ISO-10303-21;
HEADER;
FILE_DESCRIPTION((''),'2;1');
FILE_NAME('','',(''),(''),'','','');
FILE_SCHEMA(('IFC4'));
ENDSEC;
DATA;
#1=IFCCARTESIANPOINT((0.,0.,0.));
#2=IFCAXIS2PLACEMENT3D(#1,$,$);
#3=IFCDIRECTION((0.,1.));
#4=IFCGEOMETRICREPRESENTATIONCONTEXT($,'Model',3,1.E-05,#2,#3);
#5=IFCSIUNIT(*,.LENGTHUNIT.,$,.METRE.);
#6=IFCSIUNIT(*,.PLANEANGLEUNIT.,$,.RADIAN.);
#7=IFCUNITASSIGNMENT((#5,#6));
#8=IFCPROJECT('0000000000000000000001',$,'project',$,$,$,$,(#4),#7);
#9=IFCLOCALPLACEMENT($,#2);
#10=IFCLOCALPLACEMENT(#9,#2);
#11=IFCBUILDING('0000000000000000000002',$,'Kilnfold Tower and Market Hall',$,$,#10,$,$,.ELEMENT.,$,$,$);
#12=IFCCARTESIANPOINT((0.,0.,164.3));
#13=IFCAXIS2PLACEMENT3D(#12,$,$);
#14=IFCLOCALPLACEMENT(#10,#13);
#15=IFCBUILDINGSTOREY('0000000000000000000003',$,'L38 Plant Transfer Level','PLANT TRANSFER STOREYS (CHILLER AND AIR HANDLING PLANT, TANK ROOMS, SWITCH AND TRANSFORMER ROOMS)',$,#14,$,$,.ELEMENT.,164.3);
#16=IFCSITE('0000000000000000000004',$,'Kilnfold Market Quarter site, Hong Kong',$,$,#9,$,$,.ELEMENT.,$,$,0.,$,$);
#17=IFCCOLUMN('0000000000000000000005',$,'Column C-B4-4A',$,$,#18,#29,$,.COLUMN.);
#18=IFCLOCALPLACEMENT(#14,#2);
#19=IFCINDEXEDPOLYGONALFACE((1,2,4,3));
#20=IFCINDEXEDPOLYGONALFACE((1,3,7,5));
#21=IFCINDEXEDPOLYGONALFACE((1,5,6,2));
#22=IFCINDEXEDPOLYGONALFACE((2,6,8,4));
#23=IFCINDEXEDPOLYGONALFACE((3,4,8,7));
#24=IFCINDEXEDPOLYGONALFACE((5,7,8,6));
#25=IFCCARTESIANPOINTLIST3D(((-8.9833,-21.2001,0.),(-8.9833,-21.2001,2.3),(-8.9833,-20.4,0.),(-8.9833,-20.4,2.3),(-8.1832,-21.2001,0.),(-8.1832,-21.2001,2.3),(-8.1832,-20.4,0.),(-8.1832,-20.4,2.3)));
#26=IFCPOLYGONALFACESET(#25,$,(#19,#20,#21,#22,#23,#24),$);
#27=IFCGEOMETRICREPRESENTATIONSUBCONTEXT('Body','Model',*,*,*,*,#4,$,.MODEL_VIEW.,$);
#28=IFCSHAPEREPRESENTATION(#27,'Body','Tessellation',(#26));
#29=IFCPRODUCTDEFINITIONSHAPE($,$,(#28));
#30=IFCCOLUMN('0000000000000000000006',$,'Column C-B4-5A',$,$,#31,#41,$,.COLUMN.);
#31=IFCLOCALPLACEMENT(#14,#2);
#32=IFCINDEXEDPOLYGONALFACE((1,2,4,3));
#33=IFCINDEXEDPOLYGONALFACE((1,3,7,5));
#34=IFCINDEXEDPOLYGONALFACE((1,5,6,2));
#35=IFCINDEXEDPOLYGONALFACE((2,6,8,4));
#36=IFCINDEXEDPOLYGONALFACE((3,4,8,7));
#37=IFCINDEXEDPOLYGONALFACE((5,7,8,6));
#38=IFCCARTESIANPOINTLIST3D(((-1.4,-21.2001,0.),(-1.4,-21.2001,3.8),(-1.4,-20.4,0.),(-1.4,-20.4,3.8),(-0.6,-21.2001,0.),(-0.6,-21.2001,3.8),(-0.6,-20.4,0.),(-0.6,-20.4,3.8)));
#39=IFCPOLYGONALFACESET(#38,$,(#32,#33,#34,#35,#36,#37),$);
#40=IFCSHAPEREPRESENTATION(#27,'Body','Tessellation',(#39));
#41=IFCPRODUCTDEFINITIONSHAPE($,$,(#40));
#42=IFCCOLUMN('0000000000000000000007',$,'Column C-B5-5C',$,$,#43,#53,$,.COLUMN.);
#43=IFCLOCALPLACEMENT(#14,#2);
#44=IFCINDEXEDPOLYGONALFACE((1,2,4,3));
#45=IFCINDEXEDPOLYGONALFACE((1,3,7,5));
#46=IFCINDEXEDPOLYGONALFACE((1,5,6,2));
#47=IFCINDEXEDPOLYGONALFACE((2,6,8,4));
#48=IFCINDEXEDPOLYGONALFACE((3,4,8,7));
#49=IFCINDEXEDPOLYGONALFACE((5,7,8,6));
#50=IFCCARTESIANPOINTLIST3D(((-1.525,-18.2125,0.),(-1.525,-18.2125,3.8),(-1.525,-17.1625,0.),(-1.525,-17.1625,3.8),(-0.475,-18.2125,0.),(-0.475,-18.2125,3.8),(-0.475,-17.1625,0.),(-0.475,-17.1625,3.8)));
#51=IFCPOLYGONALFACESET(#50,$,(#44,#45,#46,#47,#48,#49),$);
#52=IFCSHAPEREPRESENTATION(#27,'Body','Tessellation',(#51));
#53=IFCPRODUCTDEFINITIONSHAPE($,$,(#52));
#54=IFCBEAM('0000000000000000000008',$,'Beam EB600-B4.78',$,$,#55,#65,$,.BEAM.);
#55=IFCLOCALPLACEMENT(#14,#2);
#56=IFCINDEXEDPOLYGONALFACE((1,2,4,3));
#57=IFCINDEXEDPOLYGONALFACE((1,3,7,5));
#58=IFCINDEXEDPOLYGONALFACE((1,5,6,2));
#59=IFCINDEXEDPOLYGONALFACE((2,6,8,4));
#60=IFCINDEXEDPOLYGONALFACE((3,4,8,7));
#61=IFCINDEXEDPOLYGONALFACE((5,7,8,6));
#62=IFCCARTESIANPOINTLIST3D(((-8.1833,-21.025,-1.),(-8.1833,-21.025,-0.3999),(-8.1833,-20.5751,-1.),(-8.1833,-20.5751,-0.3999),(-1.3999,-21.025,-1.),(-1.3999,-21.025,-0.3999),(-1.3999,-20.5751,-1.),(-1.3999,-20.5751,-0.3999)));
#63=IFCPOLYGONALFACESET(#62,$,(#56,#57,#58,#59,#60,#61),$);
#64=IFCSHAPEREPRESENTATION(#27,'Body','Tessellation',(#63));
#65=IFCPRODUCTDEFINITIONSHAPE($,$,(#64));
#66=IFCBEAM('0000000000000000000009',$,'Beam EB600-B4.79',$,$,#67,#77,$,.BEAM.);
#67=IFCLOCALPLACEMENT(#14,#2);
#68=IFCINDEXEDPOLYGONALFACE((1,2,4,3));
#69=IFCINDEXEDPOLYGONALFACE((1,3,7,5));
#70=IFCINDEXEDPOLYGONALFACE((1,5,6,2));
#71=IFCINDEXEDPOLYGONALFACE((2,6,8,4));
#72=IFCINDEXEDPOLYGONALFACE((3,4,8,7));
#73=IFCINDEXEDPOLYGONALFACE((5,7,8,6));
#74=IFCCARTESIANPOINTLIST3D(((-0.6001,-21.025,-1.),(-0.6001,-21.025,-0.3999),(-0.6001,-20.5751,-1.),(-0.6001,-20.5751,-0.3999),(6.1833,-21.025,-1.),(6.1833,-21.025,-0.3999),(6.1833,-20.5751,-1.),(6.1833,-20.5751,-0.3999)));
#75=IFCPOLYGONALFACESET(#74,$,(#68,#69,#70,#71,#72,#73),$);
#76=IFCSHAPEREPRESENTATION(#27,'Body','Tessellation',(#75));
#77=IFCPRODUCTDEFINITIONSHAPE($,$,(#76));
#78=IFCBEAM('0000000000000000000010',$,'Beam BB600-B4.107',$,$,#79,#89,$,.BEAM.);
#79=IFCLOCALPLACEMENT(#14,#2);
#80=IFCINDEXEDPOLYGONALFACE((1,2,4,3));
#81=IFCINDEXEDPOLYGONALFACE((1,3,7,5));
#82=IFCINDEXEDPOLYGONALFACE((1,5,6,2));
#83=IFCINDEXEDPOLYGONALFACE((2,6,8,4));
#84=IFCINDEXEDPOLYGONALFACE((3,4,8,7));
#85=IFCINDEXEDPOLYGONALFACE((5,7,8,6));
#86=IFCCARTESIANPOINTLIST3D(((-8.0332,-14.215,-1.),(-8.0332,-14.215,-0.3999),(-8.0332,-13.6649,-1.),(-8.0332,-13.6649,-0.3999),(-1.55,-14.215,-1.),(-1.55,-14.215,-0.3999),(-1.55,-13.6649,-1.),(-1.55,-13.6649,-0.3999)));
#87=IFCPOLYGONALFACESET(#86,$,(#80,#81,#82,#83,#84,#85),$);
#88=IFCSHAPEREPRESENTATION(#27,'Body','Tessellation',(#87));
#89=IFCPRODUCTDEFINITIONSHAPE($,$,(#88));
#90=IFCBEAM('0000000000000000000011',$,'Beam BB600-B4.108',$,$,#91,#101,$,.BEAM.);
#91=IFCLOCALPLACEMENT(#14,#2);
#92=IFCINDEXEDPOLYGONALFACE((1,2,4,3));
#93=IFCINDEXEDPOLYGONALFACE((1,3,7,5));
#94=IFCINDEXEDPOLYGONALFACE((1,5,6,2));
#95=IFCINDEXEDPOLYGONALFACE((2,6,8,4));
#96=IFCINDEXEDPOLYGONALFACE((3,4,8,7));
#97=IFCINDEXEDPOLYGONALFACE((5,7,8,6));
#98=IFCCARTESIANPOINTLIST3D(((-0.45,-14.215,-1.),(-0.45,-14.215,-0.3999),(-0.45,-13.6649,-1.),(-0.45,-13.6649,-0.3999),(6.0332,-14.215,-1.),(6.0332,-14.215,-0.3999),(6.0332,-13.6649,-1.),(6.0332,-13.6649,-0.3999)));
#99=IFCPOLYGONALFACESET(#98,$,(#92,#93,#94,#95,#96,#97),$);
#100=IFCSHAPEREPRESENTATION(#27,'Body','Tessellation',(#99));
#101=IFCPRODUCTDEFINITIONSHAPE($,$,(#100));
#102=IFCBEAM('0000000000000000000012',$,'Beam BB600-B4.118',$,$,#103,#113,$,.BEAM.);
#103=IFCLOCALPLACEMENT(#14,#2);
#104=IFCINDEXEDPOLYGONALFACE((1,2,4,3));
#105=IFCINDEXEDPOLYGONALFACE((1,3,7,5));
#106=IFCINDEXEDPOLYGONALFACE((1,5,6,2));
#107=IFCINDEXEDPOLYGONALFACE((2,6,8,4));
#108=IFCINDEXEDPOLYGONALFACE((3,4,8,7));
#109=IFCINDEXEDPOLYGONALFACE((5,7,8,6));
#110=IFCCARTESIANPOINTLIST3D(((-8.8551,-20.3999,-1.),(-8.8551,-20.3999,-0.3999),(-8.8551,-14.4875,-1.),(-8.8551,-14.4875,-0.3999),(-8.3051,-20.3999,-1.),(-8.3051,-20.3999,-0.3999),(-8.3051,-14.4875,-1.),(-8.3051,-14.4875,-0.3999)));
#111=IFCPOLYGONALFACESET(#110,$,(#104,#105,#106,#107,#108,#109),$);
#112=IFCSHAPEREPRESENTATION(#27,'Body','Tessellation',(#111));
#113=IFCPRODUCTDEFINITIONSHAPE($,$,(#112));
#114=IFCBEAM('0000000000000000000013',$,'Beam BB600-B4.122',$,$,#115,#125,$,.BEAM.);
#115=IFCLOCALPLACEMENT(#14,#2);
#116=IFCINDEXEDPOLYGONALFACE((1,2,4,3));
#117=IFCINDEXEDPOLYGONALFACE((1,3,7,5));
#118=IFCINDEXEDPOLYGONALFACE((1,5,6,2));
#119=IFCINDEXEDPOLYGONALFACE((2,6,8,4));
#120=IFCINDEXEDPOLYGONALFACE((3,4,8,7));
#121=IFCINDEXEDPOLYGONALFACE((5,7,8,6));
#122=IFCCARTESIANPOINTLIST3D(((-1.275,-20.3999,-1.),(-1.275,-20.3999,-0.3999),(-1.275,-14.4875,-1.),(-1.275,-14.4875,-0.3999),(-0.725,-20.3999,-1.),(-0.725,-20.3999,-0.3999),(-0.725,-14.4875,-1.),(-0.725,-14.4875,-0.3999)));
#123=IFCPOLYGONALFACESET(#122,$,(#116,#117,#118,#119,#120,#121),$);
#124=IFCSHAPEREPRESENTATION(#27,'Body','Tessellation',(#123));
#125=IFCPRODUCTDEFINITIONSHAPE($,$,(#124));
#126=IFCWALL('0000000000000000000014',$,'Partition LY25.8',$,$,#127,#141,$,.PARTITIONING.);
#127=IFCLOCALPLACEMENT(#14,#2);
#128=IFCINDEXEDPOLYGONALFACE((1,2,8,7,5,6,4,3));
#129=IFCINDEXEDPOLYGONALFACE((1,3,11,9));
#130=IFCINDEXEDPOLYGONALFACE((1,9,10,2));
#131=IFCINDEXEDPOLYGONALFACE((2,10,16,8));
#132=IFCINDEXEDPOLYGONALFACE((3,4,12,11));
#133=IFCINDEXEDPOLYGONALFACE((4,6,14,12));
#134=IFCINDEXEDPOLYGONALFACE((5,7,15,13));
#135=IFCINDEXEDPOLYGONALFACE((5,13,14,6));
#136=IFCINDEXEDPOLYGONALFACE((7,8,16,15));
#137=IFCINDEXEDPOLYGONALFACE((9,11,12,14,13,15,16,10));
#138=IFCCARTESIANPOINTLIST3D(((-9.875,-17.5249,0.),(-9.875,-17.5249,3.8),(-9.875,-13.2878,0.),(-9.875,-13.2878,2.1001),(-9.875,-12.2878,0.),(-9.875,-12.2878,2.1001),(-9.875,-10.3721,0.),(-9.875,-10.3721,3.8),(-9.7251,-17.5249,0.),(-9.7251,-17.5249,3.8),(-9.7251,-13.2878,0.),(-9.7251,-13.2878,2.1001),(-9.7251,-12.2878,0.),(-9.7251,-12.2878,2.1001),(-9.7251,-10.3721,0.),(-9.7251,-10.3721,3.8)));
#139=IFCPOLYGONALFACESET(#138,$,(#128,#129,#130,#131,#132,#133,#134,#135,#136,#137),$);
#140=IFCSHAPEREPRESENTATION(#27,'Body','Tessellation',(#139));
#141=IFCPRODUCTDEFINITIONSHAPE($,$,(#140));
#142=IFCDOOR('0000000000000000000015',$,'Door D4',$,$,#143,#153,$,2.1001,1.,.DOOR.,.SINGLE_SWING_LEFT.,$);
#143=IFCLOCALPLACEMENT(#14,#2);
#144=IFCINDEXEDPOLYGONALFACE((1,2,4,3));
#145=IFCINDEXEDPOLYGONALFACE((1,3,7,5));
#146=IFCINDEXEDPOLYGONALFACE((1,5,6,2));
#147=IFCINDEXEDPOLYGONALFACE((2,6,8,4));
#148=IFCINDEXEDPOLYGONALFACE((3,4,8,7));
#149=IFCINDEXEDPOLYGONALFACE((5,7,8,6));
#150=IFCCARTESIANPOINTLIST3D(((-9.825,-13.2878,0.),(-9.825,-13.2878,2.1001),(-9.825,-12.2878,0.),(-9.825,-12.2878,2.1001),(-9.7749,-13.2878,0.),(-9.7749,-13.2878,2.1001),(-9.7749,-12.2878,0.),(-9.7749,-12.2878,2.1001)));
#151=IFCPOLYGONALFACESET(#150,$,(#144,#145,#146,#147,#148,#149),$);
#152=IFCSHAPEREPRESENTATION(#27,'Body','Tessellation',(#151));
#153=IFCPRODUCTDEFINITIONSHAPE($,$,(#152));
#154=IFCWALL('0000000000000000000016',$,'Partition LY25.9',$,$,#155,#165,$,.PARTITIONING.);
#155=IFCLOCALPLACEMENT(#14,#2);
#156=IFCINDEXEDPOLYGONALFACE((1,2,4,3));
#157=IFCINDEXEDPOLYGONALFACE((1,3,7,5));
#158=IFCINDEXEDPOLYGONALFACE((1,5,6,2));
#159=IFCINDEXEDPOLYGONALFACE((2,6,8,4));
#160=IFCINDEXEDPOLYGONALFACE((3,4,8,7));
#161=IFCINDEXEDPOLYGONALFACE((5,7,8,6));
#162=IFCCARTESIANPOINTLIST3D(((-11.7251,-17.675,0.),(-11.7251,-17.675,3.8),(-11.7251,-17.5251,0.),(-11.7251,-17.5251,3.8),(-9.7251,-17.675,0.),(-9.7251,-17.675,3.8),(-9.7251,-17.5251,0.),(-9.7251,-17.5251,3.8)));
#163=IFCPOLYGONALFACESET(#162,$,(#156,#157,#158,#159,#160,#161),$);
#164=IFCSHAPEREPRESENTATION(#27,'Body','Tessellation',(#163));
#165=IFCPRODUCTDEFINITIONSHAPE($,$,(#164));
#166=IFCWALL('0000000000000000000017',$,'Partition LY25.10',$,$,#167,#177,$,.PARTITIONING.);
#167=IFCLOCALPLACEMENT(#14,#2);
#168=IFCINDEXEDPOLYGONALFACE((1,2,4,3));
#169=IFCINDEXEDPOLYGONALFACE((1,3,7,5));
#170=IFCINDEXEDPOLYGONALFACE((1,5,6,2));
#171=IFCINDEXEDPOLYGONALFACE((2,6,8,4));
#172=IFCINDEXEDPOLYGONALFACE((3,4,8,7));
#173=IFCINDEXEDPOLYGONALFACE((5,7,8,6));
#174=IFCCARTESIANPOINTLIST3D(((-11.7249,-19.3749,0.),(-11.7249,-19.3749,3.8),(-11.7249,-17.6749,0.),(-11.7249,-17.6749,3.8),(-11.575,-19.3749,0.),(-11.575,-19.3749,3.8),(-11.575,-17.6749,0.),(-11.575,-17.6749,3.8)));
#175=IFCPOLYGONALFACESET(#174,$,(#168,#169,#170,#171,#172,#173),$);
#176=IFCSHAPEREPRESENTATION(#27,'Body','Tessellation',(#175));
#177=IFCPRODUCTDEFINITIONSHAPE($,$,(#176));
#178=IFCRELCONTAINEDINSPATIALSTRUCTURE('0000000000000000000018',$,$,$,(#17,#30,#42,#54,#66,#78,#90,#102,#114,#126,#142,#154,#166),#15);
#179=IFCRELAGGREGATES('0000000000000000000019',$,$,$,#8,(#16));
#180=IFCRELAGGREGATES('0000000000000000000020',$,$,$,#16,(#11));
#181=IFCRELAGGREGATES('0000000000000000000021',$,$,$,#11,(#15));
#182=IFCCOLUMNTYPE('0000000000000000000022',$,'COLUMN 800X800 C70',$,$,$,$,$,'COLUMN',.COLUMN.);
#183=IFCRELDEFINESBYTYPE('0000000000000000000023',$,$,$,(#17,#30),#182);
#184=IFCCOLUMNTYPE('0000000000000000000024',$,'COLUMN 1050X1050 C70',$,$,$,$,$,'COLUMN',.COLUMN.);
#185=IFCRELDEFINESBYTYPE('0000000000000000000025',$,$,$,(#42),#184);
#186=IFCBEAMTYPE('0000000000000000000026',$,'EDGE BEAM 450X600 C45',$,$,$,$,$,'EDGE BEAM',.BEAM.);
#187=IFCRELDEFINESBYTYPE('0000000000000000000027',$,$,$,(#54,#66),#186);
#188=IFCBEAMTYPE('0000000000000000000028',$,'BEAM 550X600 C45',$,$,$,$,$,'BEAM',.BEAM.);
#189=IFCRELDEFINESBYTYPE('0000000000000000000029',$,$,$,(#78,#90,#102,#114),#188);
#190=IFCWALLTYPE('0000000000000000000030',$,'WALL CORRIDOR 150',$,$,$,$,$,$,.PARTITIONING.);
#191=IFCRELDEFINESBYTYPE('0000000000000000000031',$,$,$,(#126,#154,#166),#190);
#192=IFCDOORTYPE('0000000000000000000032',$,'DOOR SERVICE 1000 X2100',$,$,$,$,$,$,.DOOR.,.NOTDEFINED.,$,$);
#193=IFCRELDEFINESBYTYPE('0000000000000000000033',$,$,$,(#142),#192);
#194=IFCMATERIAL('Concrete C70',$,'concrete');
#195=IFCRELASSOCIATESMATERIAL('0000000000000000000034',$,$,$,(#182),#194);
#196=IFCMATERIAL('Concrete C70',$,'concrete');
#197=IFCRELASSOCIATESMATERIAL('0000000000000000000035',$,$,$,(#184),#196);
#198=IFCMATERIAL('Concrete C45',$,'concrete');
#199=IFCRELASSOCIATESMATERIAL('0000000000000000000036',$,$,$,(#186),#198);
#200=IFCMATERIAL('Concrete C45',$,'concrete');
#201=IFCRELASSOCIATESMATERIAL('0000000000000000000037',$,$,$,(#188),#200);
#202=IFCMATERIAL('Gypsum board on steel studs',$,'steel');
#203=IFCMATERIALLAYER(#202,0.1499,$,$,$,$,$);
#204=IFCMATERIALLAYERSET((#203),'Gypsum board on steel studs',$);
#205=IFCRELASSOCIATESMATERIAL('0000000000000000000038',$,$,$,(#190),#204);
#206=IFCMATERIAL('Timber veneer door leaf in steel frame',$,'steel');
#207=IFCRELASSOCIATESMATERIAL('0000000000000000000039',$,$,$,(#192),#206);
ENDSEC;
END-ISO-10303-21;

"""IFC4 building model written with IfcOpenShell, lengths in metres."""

from ifc_helpers import new_model, si_unit, direction, frame, frame_2d, origin, origin_2d, place, context, subcontext, project, spatial, rectangle, extrude, source, transform, mapped, material, layer, layer_set, material_profile, profile_set, type_object, element, fill, save


model = new_model("IFC4")

# Units and contexts
model_context = context("Model", 3, precision=1e-05, world=origin(), true_north=direction((0.0, 1.0)))
body_context = subcontext(model_context, "Body", "Model", "MODEL_VIEW")
ifc_project = project(units=[si_unit("LENGTHUNIT", "METRE"), si_unit("PLANEANGLEUNIT", "RADIAN")], contexts=[model_context])

# Site, building, storey
site_placement = place(None, origin())
site = spatial("IfcSite", under=ifc_project, at=site_placement, Name="Kilnfold Market Quarter site, Hong Kong", CompositionType="ELEMENT", RefElevation=0.0)
building_placement = place(site_placement, origin())
building = spatial("IfcBuilding", under=site, at=building_placement, Name="Kilnfold Tower and Market Hall", CompositionType="ELEMENT")
storey_placement = place(building_placement, frame((0.0, 0.0, 164.3)))
storey = spatial("IfcBuildingStorey", under=building, at=storey_placement, Name="L38 Plant Transfer Level", Description="PLANT TRANSFER STOREYS (CHILLER AND AIR HANDLING PLANT, TANK ROOMS, SWITCH AND TRANSFORMER ROOMS)", CompositionType="ELEMENT", Elevation=164.3)

# Columns
ifc_material_1 = material(Name="Concrete C70", Category="concrete")
ifc_material_profile_1 = material_profile(ifc_material_1, rectangle(XDim=0.8, YDim=0.8, at=origin_2d()), Name="RC 800x800")
ifc_profile_set_1 = profile_set([ifc_material_profile_1], Name="Concrete C70")
column_type_1 = type_object("IfcColumnType", Name="COLUMN 800X800 C70", ElementType="COLUMN", PredefinedType="COLUMN", material=ifc_profile_set_1)
shared_shape_1 = source(origin(), body_context, "Body", "SweptSolid", [
    extrude(rectangle(XDim=0.8, YDim=0.8, at=origin_2d()), origin(), (0.0, 0.0, 1.0), 2.3),
])
column_1_placement = place(storey_placement, frame((-8.5833, -20.8, 0.0), z_axis=(0.0, 0.0, 1.0), x_axis=(1.0, 0.0, 0.0)))
element("IfcColumn", 1, at=column_1_placement, inside=storey, type_object=column_type_1, Name="Column C-B4-4A", PredefinedType="COLUMN", context=body_context, shape_type="MappedRepresentation", body=[
    mapped(shared_shape_1, transform((0.0, 0.0, 0.0))),
])
shared_shape_2 = source(origin(), body_context, "Body", "SweptSolid", [
    extrude(rectangle(XDim=0.8, YDim=0.8, at=origin_2d()), origin(), (0.0, 0.0, 1.0), 3.8),
])
column_2_placement = place(storey_placement, frame((-1.0, -20.8, 0.0), z_axis=(0.0, 0.0, 1.0), x_axis=(1.0, 0.0, 0.0)))
element("IfcColumn", 2, at=column_2_placement, inside=storey, type_object=column_type_1, Name="Column C-B4-5A", PredefinedType="COLUMN", context=body_context, shape_type="MappedRepresentation", body=[
    mapped(shared_shape_2, transform((0.0, 0.0, 0.0))),
])
ifc_material_2 = material(Name="Concrete C70", Category="concrete")
ifc_material_profile_2 = material_profile(ifc_material_2, rectangle(XDim=1.05, YDim=1.05, at=origin_2d()), Name="RC 1050x1050")
ifc_profile_set_2 = profile_set([ifc_material_profile_2], Name="Concrete C70")
column_type_2 = type_object("IfcColumnType", Name="COLUMN 1050X1050 C70", ElementType="COLUMN", PredefinedType="COLUMN", material=ifc_profile_set_2)
shared_shape_3 = source(origin(), body_context, "Body", "SweptSolid", [
    extrude(rectangle(XDim=1.05, YDim=1.05, at=origin_2d()), origin(), (0.0, 0.0, 1.0), 3.8),
])
column_3_placement = place(storey_placement, frame((-1.0, -17.6875, 0.0), z_axis=(0.0, 0.0, 1.0), x_axis=(1.0, 0.0, 0.0)))
element("IfcColumn", 3, at=column_3_placement, inside=storey, type_object=column_type_2, Name="Column C-B5-5C", PredefinedType="COLUMN", context=body_context, shape_type="MappedRepresentation", body=[
    mapped(shared_shape_3, transform((0.0, 0.0, 0.0))),
])

# Beams
ifc_material_3 = material(Name="Concrete C45", Category="concrete")
ifc_material_profile_3 = material_profile(ifc_material_3, rectangle(XDim=0.45, YDim=0.6001, at=origin_2d()), Name="RC 450x600")
ifc_profile_set_3 = profile_set([ifc_material_profile_3], Name="Concrete C45")
beam_type_1 = type_object("IfcBeamType", Name="EDGE BEAM 450X600 C45", ElementType="EDGE BEAM", PredefinedType="BEAM", material=ifc_profile_set_3)
shared_shape_4 = source(origin(), body_context, "Body", "SweptSolid", [
    extrude(rectangle(XDim=0.45, YDim=0.6001, at=origin_2d()), origin(), (0.0, 0.0, 1.0), 6.7834),
])
for number, where, z_axis, x_axis, name in (
    (4, (-8.1833, -20.8, -0.7), (1.0, 0.0, 0.0), (0.0, 1.0, 0.0), "Beam EB600-B4.78"),
    (5, (-0.6001, -20.8, -0.7), (1.0, 0.0, 0.0), (0.0, 1.0, 0.0), "Beam EB600-B4.79"),
):
    element("IfcBeam", number, at=place(storey_placement, frame(where, z_axis=z_axis, x_axis=x_axis)), inside=storey, type_object=beam_type_1, Name=name, PredefinedType="BEAM", context=body_context, shape_type="MappedRepresentation", body=[
        mapped(shared_shape_4, transform((0.0, 0.0, 0.0))),
    ])
ifc_material_4 = material(Name="Concrete C45", Category="concrete")
ifc_material_profile_4 = material_profile(ifc_material_4, rectangle(XDim=0.55, YDim=0.6001, at=origin_2d()), Name="RC 550x600")
ifc_profile_set_4 = profile_set([ifc_material_profile_4], Name="Concrete C45")
beam_type_2 = type_object("IfcBeamType", Name="BEAM 550X600 C45", ElementType="BEAM", PredefinedType="BEAM", material=ifc_profile_set_4)
shared_shape_5 = source(origin(), body_context, "Body", "SweptSolid", [
    extrude(rectangle(XDim=0.55, YDim=0.6001, at=origin_2d()), origin(), (0.0, 0.0, 1.0), 6.4832),
])
for number, where, z_axis, x_axis, name in (
    (6, (-8.0332, -13.9399, -0.7), (1.0, 0.0, 0.0), (0.0, 1.0, 0.0), "Beam BB600-B4.107"),
    (7, (-0.45, -13.9399, -0.7), (1.0, 0.0, 0.0), (0.0, 1.0, 0.0), "Beam BB600-B4.108"),
):
    element("IfcBeam", number, at=place(storey_placement, frame(where, z_axis=z_axis, x_axis=x_axis)), inside=storey, type_object=beam_type_2, Name=name, PredefinedType="BEAM", context=body_context, shape_type="MappedRepresentation", body=[
        mapped(shared_shape_5, transform((0.0, 0.0, 0.0))),
    ])
shared_shape_6 = source(origin(), body_context, "Body", "SweptSolid", [
    extrude(rectangle(XDim=0.55, YDim=0.6001, at=origin_2d()), origin(), (0.0, 0.0, 1.0), 5.9124),
])
for number, where, z_axis, x_axis, name in (
    (8, (-8.5801, -20.3999, -0.7), (0.0, 1.0, 0.0), (-1.0, 0.0, 0.0), "Beam BB600-B4.118"),
    (9, (-1.0, -20.3999, -0.7), (0.0, 1.0, 0.0), (-1.0, 0.0, 0.0), "Beam BB600-B4.122"),
):
    element("IfcBeam", number, at=place(storey_placement, frame(where, z_axis=z_axis, x_axis=x_axis)), inside=storey, type_object=beam_type_2, Name=name, PredefinedType="BEAM", context=body_context, shape_type="MappedRepresentation", body=[
        mapped(shared_shape_6, transform((0.0, 0.0, 0.0))),
    ])

# Wall, opening, door
ifc_material_5 = material(Name="Gypsum board on steel studs", Category="steel")
ifc_layer_1 = layer(ifc_material_5, 0.1499)
ifc_layer_set_1 = layer_set([ifc_layer_1], Name="Gypsum board on steel studs")
wall_type_1 = type_object("IfcWallType", Name="WALL CORRIDOR 150", PredefinedType="PARTITIONING", material=ifc_layer_set_1)
wall_1_placement = place(storey_placement, frame((-9.8, -17.5249, 0.0), z_axis=(0.0, 0.0, 1.0), x_axis=(0.0, 1.0, 0.0)))
wall_1 = element("IfcWall", 10, at=wall_1_placement, inside=storey, type_object=wall_type_1, Name="Partition LY25.8", PredefinedType="PARTITIONING", context=body_context, shape_type="SweptSolid", body=[
    extrude(rectangle(XDim=7.1528, YDim=0.1499, at=frame_2d((3.5764, 0.0))), origin(), (0.0, 0.0, 1.0), 3.8),
])
opening_placement = place(wall_1_placement, frame((4.2371, 0.0, 0.0)))
opening = element("IfcOpeningElement", 11, at=opening_placement, cuts=wall_1, PredefinedType="OPENING", context=body_context, shape_type="SweptSolid", body=[
    extrude(rectangle(XDim=1.0, YDim=2.1001, at=frame_2d((0.5, 1.05))), frame((0.0, 0.085, 0.0), z_axis=(0.0, -1.0, 0.0), x_axis=(1.0, 0.0, 0.0)), (0.0, 0.0, 1.0), 0.1699),
])
ifc_material_6 = material(Name="Timber veneer door leaf in steel frame", Category="steel")
door_type = type_object("IfcDoorType", Name="DOOR SERVICE 1000 X2100", OperationType="NOTDEFINED", PredefinedType="DOOR", material=ifc_material_6)
door_placement = place(opening_placement, origin())
door = element("IfcDoor", 12, at=door_placement, inside=storey, type_object=door_type, Name="Door D4", OperationType="SINGLE_SWING_LEFT", OverallHeight=2.1001, OverallWidth=1.0, PredefinedType="DOOR", context=body_context, shape_type="SweptSolid", body=[
    extrude(rectangle(XDim=1.0, YDim=2.1001, at=frame_2d((0.5, 1.05))), frame((0.0, 0.0249, 0.0), z_axis=(0.0, -1.0, 0.0), x_axis=(1.0, 0.0, 0.0)), (0.0, 0.0, 1.0), 0.05),
])
fill(opening, door)

# Walls
wall_2_placement = place(storey_placement, frame((-11.7251, -17.6001, 0.0), z_axis=(0.0, 0.0, 1.0), x_axis=(1.0, 0.0, 0.0)))
element("IfcWall", 13, at=wall_2_placement, inside=storey, type_object=wall_type_1, Name="Partition LY25.9", PredefinedType="PARTITIONING", context=body_context, shape_type="SweptSolid", body=[
    extrude(rectangle(XDim=2.0, YDim=0.1499, at=frame_2d((1.0, 0.0))), origin(), (0.0, 0.0, 1.0), 3.8),
])
wall_3_placement = place(storey_placement, frame((-11.6499, -19.375, 0.0), z_axis=(0.0, 0.0, 1.0), x_axis=(0.0, 1.0, 0.0)))
element("IfcWall", 14, at=wall_3_placement, inside=storey, type_object=wall_type_1, Name="Partition LY25.10", PredefinedType="PARTITIONING", context=body_context, shape_type="SweptSolid", body=[
    extrude(rectangle(XDim=1.7, YDim=0.1499, at=frame_2d((0.8501, 0.0))), origin(), (0.0, 0.0, 1.0), 3.8),
])

save(model, "model.ifc")
